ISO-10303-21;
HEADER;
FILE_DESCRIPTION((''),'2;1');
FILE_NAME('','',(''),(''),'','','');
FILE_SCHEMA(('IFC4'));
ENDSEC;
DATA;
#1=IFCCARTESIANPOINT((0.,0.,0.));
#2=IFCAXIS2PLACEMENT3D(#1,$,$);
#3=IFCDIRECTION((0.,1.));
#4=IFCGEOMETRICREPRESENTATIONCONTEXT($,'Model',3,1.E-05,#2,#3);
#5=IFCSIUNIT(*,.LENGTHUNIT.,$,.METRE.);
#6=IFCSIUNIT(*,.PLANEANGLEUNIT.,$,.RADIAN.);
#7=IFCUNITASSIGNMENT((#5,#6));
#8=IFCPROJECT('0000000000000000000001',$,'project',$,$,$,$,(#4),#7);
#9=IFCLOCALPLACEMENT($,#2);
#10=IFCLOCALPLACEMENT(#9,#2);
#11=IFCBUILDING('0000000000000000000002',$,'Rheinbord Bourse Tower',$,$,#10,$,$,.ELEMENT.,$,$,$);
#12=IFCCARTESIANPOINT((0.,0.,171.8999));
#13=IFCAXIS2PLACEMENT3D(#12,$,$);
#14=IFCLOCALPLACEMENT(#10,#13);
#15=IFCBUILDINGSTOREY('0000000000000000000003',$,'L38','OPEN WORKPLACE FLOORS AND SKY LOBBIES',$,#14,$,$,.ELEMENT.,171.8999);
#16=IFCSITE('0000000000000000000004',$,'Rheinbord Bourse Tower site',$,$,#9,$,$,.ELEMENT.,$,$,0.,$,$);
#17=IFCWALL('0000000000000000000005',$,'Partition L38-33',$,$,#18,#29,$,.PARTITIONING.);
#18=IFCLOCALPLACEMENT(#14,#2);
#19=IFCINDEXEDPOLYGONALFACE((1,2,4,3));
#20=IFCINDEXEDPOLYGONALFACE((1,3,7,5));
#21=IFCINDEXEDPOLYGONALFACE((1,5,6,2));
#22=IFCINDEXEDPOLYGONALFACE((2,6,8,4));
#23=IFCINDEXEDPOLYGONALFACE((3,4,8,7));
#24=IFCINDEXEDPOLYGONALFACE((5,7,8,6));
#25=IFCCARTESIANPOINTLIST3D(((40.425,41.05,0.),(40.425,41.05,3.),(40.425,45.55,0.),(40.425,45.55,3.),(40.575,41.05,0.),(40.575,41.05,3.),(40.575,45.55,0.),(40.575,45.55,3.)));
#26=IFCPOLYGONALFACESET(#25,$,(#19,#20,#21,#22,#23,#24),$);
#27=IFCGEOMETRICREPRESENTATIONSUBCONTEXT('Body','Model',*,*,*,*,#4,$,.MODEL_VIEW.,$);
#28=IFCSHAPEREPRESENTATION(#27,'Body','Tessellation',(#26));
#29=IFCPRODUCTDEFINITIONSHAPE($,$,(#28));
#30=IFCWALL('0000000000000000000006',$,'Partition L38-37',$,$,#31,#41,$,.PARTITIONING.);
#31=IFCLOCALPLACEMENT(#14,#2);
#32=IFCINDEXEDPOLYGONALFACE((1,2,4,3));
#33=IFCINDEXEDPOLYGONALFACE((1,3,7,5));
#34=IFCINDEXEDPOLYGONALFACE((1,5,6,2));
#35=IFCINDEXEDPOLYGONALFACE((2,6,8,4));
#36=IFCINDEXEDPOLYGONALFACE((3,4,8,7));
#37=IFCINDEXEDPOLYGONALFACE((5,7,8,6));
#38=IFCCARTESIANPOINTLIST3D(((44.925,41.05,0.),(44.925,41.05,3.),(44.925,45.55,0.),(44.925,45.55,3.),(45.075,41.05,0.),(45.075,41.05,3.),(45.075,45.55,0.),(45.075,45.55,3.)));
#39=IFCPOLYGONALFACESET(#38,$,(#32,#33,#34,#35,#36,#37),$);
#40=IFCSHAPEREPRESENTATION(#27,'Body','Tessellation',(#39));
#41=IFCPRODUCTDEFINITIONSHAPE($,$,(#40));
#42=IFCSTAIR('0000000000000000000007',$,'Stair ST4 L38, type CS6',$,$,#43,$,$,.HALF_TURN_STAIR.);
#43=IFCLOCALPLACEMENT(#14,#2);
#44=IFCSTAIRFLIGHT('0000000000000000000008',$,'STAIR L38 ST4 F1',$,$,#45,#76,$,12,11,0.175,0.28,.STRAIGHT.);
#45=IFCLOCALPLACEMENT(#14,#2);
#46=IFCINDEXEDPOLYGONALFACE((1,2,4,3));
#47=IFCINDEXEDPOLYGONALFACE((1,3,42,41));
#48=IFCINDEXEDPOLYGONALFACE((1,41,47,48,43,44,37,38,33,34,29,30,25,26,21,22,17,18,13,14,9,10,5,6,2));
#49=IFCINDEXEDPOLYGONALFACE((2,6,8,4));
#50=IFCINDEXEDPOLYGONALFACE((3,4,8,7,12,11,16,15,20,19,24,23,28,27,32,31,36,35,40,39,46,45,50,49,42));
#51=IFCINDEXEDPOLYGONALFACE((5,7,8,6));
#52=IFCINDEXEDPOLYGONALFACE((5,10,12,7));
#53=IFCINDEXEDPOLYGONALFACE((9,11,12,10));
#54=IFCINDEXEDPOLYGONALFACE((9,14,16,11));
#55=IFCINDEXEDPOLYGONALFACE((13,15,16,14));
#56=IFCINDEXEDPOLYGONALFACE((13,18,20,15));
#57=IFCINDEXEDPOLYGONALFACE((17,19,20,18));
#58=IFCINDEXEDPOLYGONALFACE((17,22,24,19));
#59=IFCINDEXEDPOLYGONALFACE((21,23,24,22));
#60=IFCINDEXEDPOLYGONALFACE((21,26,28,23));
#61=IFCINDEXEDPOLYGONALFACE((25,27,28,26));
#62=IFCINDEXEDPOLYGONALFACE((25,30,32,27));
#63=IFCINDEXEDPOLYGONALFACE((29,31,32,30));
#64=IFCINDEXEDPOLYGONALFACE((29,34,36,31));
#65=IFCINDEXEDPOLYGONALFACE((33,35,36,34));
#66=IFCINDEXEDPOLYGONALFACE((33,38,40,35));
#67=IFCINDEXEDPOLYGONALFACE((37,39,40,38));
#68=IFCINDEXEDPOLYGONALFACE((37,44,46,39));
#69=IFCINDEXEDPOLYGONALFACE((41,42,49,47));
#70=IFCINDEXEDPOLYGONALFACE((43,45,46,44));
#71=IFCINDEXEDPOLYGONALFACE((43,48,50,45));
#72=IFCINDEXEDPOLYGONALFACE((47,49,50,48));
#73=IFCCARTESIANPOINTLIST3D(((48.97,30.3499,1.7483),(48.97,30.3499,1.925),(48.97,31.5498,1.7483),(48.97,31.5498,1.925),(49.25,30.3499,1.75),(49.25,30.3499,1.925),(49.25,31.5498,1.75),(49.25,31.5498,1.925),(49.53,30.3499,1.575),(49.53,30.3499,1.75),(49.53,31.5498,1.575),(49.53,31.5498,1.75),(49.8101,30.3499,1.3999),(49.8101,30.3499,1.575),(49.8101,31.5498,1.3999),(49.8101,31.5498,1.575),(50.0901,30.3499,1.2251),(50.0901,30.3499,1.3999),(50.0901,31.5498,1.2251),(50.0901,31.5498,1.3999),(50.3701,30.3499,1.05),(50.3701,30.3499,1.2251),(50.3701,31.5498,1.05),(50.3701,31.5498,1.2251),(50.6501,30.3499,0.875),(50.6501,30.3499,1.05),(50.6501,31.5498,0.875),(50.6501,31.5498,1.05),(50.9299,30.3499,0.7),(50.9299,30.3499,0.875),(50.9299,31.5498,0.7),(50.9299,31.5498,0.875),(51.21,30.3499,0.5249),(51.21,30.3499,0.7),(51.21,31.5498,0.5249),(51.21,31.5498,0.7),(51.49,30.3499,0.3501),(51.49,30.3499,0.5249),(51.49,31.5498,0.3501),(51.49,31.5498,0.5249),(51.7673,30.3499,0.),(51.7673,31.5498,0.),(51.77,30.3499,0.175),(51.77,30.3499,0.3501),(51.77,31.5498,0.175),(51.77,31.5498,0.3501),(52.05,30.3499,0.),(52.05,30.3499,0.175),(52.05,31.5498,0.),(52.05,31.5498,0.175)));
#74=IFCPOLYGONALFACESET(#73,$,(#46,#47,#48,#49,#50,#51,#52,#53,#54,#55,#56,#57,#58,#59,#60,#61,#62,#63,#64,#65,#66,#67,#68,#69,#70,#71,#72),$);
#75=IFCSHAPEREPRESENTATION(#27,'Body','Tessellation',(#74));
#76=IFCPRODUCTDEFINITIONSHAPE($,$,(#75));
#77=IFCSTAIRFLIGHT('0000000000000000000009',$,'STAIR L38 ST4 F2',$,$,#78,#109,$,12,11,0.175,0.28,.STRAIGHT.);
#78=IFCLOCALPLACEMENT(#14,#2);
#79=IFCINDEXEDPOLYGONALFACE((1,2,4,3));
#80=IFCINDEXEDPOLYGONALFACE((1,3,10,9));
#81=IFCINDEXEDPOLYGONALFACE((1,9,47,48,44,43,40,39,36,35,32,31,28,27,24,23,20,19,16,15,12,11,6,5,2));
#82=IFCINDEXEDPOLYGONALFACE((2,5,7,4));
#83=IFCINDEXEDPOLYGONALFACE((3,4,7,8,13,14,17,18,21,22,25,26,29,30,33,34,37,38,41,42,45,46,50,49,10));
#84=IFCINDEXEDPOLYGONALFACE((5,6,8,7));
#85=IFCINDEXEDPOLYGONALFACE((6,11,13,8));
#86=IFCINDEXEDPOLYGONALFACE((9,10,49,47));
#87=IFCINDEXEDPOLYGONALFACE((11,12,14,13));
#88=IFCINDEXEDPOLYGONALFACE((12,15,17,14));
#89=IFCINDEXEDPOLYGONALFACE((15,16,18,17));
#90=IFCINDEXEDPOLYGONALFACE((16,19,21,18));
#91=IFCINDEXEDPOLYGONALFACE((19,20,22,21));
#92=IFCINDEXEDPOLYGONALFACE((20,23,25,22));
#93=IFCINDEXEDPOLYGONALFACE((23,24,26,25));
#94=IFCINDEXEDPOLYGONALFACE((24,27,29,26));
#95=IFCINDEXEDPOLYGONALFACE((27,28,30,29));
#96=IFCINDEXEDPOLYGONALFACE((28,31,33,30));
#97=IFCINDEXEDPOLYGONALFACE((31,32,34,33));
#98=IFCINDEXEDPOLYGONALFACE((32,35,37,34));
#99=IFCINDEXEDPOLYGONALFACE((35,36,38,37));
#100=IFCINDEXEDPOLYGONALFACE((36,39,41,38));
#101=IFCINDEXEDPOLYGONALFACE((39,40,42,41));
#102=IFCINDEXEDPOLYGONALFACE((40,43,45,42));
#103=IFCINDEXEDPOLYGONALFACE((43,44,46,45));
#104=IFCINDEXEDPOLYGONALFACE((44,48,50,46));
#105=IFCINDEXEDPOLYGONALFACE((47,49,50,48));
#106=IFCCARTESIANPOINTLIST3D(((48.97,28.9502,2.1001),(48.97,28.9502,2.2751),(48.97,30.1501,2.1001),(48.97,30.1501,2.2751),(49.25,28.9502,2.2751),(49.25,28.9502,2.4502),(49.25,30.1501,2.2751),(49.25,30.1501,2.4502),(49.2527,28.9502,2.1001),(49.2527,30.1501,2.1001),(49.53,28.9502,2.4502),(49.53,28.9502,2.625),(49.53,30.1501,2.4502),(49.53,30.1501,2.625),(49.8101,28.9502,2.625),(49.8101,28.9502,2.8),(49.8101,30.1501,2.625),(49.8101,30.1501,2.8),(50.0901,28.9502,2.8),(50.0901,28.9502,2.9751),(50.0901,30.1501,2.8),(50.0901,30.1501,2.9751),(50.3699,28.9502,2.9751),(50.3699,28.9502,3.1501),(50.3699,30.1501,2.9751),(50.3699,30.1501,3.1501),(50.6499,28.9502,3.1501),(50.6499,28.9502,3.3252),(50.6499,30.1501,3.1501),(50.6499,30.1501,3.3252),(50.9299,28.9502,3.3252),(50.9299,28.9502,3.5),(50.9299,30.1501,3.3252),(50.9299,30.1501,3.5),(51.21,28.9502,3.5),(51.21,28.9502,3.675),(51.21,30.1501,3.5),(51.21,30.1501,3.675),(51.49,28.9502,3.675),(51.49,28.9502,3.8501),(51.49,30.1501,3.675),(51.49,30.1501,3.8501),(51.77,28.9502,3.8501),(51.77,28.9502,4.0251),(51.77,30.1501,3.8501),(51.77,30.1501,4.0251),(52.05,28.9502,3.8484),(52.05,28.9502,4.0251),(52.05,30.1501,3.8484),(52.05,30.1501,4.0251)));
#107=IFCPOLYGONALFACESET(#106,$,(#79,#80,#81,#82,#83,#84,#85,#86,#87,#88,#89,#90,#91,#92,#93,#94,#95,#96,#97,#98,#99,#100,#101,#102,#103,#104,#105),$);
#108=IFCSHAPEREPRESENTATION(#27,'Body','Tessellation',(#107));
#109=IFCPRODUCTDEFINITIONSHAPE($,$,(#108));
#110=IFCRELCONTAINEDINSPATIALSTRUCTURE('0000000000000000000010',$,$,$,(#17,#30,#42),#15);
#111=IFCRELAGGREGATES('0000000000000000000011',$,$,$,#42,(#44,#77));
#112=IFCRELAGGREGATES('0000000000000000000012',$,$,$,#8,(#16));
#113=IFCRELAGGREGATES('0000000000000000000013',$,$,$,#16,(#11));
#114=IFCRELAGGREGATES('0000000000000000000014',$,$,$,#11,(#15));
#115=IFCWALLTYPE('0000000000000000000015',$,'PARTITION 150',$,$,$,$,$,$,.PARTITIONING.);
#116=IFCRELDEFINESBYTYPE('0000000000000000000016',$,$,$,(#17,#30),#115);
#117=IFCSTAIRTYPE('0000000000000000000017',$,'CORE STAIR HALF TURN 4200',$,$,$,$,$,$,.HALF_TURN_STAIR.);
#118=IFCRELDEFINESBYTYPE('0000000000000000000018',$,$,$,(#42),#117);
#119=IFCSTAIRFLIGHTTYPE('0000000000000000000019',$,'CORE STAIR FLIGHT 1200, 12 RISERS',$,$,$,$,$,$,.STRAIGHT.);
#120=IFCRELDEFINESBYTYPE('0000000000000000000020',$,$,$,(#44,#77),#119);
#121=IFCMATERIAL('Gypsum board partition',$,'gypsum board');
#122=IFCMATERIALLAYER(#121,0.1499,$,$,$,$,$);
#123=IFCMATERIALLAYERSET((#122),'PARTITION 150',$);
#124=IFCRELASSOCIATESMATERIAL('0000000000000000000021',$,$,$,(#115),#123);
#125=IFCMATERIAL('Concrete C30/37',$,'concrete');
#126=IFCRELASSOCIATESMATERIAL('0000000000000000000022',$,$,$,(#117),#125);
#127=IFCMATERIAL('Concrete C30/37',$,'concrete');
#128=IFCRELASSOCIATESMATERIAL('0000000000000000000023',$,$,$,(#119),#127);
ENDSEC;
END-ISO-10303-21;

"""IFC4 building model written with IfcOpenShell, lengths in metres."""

from ifc_helpers import new_model, si_unit, direction, frame, frame_2d, origin, place, context, subcontext, project, spatial, polyline, rectangle, outline, extrude, material, layer, layer_set, type_object, element, aggregate, save


model = new_model("IFC4")

# Units and contexts
model_context = context("Model", 3, precision=1e-05, world=origin(), true_north=direction((0.0, 1.0)))
body_context = subcontext(model_context, "Body", "Model", "MODEL_VIEW")
ifc_project = project(units=[si_unit("LENGTHUNIT", "METRE"), si_unit("PLANEANGLEUNIT", "RADIAN")], contexts=[model_context])

# Site, building, storey
site_placement = place(None, origin())
site = spatial("IfcSite", under=ifc_project, at=site_placement, Name="Rheinbord Bourse Tower site", CompositionType="ELEMENT", RefElevation=0.0)
building_placement = place(site_placement, origin())
building = spatial("IfcBuilding", under=site, at=building_placement, Name="Rheinbord Bourse Tower", CompositionType="ELEMENT")
storey_placement = place(building_placement, frame((0.0, 0.0, 171.8999)))
storey = spatial("IfcBuildingStorey", under=building, at=storey_placement, Name="L38", Description="OPEN WORKPLACE FLOORS AND SKY LOBBIES", CompositionType="ELEMENT", Elevation=171.8999)

# Walls
ifc_material_1 = material(Name="Gypsum board partition", Category="gypsum board")
ifc_layer_1 = layer(ifc_material_1, 0.1499)
ifc_layer_set_1 = layer_set([ifc_layer_1], Name="PARTITION 150")
wall_type_1 = type_object("IfcWallType", Name="PARTITION 150", PredefinedType="PARTITIONING", material=ifc_layer_set_1)
for number, where, z_axis, x_axis, name in (
    (1, (40.5, 41.05, 0.0), (0.0, 0.0, 1.0), (0.0, 1.0, 0.0), "Partition L38-33"),
    (2, (45.0, 41.05, 0.0), (0.0, 0.0, 1.0), (0.0, 1.0, 0.0), "Partition L38-37"),
):
    element("IfcWall", number, at=place(storey_placement, frame(where, z_axis=z_axis, x_axis=x_axis)), inside=storey, type_object=wall_type_1, Name=name, PredefinedType="PARTITIONING", context=body_context, shape_type="SweptSolid", body=[
        extrude(rectangle(XDim=4.5, YDim=0.1499, at=frame_2d((2.25, 0.0))), origin(), (0.0, 0.0, 1.0), 3.0),
    ])

# Stair, stair flights
ifc_material_2 = material(Name="Concrete C30/37", Category="concrete")
stair_type = type_object("IfcStairType", Name="CORE STAIR HALF TURN 4200", PredefinedType="HALF_TURN_STAIR", material=ifc_material_2)
stair_placement = place(storey_placement, origin())
stair = element("IfcStair", 3, at=stair_placement, inside=storey, type_object=stair_type, Name="Stair ST4 L38, type CS6", PredefinedType="HALF_TURN_STAIR")
ifc_material_3 = material(Name="Concrete C30/37", Category="concrete")
stair_flight_type = type_object("IfcStairFlightType", Name="CORE STAIR FLIGHT 1200, 12 RISERS", PredefinedType="STRAIGHT", material=ifc_material_3)
stair_flight_1_placement = place(storey_placement, frame((52.05, 30.95, 0.0), z_axis=(0.0, 0.0, 1.0), x_axis=(-1.0, 0.0, 0.0)))
stair_flight_1 = element("IfcStairFlight", 4, at=stair_flight_1_placement, type_object=stair_flight_type, Name="STAIR L38 ST4 F1", NumberOfRisers=12, NumberOfTreads=11, PredefinedType="STRAIGHT", RiserHeight=0.175, TreadLength=0.28, context=body_context, shape_type="SweptSolid", body=[
    extrude(outline(polyline([(0.0, 0.0), (0.0, 0.175), (0.28, 0.175), (0.28, 0.3501), (0.5601, 0.3501), (0.5601, 0.5249), (0.8401, 0.5249), (0.8401, 0.7), (1.1201, 0.7), (1.1201, 0.875), (1.3999, 0.875), (1.3999, 1.05), (1.6799, 1.05), (1.6799, 1.2251), (1.96, 1.2251), (1.96, 1.3999), (2.24, 1.3999), (2.24, 1.575), (2.52, 1.575), (2.52, 1.75), (2.8, 1.75), (2.8, 1.925), (3.0801, 1.925), (3.0801, 2.1001), (3.0801, 1.7483), (0.2827, 0.0), (0.0, 0.0)])), frame((0.0, 0.6001, 0.0), z_axis=(0.0, -1.0, 0.0), x_axis=(1.0, 0.0, 0.0)), (0.0, 0.0, 1.0), 1.2),
])
stair_flight_2_placement = place(storey_placement, frame((48.97, 29.55, 2.1001), z_axis=(0.0, 0.0, 1.0), x_axis=(1.0, 0.0, 0.0)))
stair_flight_2 = element("IfcStairFlight", 5, at=stair_flight_2_placement, type_object=stair_flight_type, Name="STAIR L38 ST4 F2", NumberOfRisers=12, NumberOfTreads=11, PredefinedType="STRAIGHT", RiserHeight=0.175, TreadLength=0.28, context=body_context, shape_type="SweptSolid", body=[
    extrude(outline(polyline([(0.0, 0.0), (0.0, 0.175), (0.28, 0.175), (0.28, 0.3501), (0.5601, 0.3501), (0.5601, 0.5249), (0.8401, 0.5249), (0.8401, 0.7), (1.1201, 0.7), (1.1201, 0.875), (1.3999, 0.875), (1.3999, 1.05), (1.6799, 1.05), (1.6799, 1.2251), (1.96, 1.2251), (1.96, 1.3999), (2.24, 1.3999), (2.24, 1.575), (2.52, 1.575), (2.52, 1.75), (2.8, 1.75), (2.8, 1.925), (3.0801, 1.925), (3.0801, 2.1001), (3.0801, 1.7483), (0.2827, 0.0), (0.0, 0.0)])), frame((0.0, 0.6001, 0.0), z_axis=(0.0, -1.0, 0.0), x_axis=(1.0, 0.0, 0.0)), (0.0, 0.0, 1.0), 1.2),
])
aggregate(stair, [stair_flight_1, stair_flight_2])

save(model, "model.ifc")
